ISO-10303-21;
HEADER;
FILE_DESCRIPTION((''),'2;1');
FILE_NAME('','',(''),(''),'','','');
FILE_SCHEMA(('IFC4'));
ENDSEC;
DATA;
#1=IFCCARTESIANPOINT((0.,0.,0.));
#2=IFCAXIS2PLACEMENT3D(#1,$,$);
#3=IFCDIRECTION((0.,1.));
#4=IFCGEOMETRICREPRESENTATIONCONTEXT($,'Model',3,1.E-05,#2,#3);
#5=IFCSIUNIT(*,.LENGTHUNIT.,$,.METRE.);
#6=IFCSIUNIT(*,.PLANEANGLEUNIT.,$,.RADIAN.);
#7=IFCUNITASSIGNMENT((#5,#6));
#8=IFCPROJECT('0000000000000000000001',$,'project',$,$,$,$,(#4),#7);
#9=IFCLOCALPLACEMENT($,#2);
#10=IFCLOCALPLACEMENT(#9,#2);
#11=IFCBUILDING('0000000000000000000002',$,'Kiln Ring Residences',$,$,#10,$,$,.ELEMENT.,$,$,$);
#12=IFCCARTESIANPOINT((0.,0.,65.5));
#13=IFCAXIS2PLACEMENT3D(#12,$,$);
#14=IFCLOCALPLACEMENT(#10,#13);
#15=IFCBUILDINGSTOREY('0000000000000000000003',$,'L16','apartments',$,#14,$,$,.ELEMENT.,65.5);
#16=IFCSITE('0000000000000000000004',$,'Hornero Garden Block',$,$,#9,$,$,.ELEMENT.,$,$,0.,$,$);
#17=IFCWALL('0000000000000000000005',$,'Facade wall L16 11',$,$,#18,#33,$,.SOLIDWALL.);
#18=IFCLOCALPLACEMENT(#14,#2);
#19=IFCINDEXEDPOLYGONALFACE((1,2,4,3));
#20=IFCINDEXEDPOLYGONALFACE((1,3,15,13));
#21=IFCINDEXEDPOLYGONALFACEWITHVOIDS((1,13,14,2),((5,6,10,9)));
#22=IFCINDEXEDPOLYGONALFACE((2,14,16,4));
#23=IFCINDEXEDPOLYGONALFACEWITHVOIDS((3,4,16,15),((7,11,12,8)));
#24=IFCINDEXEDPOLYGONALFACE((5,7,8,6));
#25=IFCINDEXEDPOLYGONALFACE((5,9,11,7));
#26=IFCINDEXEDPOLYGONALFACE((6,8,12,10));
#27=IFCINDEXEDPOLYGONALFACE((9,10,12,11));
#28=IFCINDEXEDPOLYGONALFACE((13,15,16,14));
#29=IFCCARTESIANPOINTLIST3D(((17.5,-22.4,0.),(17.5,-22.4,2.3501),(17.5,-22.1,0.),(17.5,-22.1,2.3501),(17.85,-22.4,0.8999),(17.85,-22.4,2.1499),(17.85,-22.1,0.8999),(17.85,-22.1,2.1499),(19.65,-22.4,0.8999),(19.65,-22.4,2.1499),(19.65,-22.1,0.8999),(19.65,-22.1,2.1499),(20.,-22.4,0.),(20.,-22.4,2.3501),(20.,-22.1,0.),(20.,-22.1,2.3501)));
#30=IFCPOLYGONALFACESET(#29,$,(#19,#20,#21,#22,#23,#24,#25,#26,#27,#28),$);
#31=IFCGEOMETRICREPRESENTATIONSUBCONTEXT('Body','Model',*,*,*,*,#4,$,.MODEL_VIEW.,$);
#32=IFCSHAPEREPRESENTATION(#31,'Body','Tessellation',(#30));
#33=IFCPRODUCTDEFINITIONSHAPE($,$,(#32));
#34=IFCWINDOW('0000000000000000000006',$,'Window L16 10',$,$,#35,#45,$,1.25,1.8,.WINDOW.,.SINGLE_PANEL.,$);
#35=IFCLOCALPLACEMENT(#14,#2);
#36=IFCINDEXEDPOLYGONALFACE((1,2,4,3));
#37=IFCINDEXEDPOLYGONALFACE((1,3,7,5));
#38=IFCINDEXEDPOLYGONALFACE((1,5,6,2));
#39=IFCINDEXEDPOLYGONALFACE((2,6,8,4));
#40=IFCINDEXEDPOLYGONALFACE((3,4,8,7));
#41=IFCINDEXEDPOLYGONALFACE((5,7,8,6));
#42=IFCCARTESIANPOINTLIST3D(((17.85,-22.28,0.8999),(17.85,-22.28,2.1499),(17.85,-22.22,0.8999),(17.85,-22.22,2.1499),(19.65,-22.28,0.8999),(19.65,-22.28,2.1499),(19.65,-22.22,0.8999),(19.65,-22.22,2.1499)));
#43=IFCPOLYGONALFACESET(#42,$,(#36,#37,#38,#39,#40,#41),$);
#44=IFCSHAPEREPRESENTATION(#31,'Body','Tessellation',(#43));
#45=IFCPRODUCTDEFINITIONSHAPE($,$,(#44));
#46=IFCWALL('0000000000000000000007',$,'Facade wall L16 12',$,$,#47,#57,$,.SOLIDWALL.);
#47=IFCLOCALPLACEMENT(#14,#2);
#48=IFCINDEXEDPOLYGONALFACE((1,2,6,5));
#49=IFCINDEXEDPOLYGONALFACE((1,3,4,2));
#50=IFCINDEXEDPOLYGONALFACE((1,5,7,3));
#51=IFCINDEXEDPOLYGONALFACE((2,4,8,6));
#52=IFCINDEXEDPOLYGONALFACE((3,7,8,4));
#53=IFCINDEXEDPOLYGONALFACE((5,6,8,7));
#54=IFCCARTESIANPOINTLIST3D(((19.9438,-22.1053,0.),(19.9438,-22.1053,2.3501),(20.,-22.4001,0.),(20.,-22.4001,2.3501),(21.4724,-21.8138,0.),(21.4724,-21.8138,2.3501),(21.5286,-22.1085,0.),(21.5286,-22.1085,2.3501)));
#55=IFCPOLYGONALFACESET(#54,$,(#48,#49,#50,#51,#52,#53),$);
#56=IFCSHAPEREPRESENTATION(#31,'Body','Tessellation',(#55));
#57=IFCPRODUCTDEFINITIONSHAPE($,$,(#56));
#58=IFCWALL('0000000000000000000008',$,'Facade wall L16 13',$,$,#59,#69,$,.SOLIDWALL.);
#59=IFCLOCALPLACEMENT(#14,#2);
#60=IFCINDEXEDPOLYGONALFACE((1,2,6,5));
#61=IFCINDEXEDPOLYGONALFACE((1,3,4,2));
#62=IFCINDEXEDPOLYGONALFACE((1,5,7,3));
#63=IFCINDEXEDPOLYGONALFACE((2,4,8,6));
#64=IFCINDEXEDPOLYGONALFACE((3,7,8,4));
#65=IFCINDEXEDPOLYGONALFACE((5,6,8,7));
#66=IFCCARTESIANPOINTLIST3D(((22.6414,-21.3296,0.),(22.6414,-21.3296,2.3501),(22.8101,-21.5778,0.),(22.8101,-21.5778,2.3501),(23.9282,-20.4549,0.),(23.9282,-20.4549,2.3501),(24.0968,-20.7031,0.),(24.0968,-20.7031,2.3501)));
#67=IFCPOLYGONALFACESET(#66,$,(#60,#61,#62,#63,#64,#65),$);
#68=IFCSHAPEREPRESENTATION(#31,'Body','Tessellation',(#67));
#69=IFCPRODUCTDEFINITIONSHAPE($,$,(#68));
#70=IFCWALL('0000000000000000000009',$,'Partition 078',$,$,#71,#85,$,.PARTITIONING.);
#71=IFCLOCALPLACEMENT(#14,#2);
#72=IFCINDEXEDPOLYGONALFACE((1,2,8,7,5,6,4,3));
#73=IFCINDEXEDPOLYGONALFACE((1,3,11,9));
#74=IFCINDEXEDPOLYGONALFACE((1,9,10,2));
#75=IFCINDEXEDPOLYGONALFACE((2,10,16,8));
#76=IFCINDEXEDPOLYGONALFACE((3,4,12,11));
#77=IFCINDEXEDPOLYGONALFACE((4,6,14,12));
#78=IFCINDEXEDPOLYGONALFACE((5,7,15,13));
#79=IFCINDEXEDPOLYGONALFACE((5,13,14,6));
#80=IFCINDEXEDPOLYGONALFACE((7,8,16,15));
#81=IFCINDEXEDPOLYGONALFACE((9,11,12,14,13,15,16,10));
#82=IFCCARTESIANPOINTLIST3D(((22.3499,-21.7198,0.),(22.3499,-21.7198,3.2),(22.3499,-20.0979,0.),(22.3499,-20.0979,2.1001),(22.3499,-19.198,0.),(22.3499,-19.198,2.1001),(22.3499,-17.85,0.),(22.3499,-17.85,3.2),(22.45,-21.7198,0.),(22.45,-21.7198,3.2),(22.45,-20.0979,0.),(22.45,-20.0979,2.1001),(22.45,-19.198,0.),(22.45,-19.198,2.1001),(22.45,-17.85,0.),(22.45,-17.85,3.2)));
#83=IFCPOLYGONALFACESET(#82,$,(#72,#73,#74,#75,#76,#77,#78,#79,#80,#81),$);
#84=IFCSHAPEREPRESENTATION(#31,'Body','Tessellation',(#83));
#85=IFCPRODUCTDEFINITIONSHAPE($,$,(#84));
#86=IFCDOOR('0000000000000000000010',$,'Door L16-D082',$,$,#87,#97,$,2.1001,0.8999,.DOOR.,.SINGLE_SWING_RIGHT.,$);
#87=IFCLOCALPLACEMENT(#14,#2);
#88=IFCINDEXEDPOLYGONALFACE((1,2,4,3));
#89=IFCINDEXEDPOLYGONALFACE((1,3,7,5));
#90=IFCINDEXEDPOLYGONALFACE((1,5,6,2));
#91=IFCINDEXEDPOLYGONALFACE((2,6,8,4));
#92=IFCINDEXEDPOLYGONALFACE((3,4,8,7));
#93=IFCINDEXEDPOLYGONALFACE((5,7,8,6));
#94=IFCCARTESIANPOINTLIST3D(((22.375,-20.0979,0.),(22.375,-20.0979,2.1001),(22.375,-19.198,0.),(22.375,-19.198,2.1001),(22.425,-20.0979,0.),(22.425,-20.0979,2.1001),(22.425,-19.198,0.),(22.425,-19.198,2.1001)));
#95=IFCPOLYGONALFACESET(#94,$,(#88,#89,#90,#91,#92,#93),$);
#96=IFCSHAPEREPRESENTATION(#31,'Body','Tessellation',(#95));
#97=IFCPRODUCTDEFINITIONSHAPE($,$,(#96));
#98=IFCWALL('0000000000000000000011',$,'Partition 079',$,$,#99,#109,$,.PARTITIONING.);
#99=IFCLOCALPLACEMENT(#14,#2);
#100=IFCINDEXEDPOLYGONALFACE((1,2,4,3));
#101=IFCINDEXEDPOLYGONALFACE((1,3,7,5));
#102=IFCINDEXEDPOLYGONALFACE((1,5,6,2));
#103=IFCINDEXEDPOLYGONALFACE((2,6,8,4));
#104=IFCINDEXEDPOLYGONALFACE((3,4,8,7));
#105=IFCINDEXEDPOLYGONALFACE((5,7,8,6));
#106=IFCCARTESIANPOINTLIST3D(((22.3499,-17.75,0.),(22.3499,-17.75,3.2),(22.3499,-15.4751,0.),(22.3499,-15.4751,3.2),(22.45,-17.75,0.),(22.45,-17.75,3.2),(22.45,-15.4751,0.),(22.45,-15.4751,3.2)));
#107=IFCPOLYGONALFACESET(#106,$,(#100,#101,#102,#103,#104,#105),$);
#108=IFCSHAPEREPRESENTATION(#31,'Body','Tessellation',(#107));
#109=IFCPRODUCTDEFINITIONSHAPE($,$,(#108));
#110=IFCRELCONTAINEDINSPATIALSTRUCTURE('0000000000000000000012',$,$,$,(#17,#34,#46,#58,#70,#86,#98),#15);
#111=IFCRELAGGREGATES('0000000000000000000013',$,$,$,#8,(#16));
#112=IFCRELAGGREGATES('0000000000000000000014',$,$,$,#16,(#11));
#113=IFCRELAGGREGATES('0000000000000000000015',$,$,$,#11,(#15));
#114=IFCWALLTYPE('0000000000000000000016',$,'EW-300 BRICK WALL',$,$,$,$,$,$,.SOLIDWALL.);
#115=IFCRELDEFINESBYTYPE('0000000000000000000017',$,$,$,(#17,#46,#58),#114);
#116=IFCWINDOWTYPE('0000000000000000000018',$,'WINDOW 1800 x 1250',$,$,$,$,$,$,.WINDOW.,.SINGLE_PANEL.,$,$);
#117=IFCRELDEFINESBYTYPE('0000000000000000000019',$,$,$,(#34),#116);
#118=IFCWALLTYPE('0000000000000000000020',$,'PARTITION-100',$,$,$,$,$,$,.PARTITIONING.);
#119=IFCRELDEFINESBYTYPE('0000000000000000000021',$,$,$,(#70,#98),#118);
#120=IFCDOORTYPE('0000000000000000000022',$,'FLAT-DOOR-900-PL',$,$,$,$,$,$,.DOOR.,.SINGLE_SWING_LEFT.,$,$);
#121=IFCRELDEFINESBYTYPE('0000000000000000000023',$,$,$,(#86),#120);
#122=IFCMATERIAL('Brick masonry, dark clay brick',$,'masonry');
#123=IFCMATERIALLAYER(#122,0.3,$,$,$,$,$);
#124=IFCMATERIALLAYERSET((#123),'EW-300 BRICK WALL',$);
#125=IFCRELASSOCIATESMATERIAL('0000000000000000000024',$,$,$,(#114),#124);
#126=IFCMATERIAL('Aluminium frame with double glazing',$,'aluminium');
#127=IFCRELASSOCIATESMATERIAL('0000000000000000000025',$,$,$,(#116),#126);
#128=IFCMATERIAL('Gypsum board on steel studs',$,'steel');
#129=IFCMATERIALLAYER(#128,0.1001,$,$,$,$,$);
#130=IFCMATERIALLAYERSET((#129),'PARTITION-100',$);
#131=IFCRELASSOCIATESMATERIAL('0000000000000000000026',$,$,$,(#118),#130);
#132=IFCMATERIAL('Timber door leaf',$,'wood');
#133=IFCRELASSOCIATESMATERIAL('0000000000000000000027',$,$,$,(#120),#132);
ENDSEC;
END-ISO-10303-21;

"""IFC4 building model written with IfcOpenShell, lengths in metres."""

from ifc_helpers import new_model, si_unit, direction, frame, frame_2d, origin, place, context, subcontext, project, spatial, rectangle, extrude, material, layer, layer_set, type_object, element, fill, save


model = new_model("IFC4")

# Units and contexts
model_context = context("Model", 3, precision=1e-05, world=origin(), true_north=direction((0.0, 1.0)))
body_context = subcontext(model_context, "Body", "Model", "MODEL_VIEW")
ifc_project = project(units=[si_unit("LENGTHUNIT", "METRE"), si_unit("PLANEANGLEUNIT", "RADIAN")], contexts=[model_context])

# Site, building, storey
site_placement = place(None, origin())
site = spatial("IfcSite", under=ifc_project, at=site_placement, Name="Hornero Garden Block", CompositionType="ELEMENT", RefElevation=0.0)
building_placement = place(site_placement, origin())
building = spatial("IfcBuilding", under=site, at=building_placement, Name="Kiln Ring Residences", CompositionType="ELEMENT")
storey_placement = place(building_placement, frame((0.0, 0.0, 65.5)))
storey = spatial("IfcBuildingStorey", under=building, at=storey_placement, Name="L16", Description="apartments", CompositionType="ELEMENT", Elevation=65.5)

# Wall, opening, window
ifc_material_1 = material(Name="Brick masonry, dark clay brick", Category="masonry")
ifc_layer_1 = layer(ifc_material_1, 0.3)
ifc_layer_set_1 = layer_set([ifc_layer_1], Name="EW-300 BRICK WALL")
wall_type_1 = type_object("IfcWallType", Name="EW-300 BRICK WALL", PredefinedType="SOLIDWALL", material=ifc_layer_set_1)
wall_1_placement = place(storey_placement, frame((17.5, -22.25, 0.0), z_axis=(0.0, 0.0, 1.0), x_axis=(1.0, 0.0, 0.0)))
wall_1 = element("IfcWall", 1, at=wall_1_placement, inside=storey, type_object=wall_type_1, Name="Facade wall L16 11", PredefinedType="SOLIDWALL", context=body_context, shape_type="SweptSolid", body=[
    extrude(rectangle(XDim=2.5, YDim=0.3, at=frame_2d((1.25, 0.0))), origin(), (0.0, 0.0, 1.0), 2.3501),
])
opening_1_placement = place(wall_1_placement, frame((0.3501, 0.0, 0.8999)))
opening_1 = element("IfcOpeningElement", 2, at=opening_1_placement, cuts=wall_1, PredefinedType="OPENING", context=body_context, shape_type="SweptSolid", body=[
    extrude(rectangle(XDim=1.8, YDim=1.25, at=frame_2d((0.8999, 0.625))), frame((0.0, 0.1599, 0.0), z_axis=(0.0, -1.0, 0.0), x_axis=(1.0, 0.0, 0.0)), (0.0, 0.0, 1.0), 0.3201),
])
ifc_material_2 = material(Name="Aluminium frame with double glazing", Category="aluminium")
window_type = type_object("IfcWindowType", Name="WINDOW 1800 x 1250", PartitioningType="SINGLE_PANEL", PredefinedType="WINDOW", material=ifc_material_2)
window_placement = place(opening_1_placement, origin())
window = element("IfcWindow", 3, at=window_placement, inside=storey, type_object=window_type, Name="Window L16 10", OverallHeight=1.25, OverallWidth=1.8, PartitioningType="SINGLE_PANEL", PredefinedType="WINDOW", context=body_context, shape_type="SweptSolid", body=[
    extrude(rectangle(XDim=1.8, YDim=1.25, at=frame_2d((0.8999, 0.625))), frame((0.0, 0.03, 0.0), z_axis=(0.0, -1.0, 0.0), x_axis=(1.0, 0.0, 0.0)), (0.0, 0.0, 1.0), 0.0601),
])
fill(opening_1, window)

# Walls
wall_2_placement = place(storey_placement, frame((19.9719, -22.2527, 0.0), z_axis=(0.0, 0.0, 1.0), x_axis=(0.982297, 0.187328, 0.0)))
element("IfcWall", 4, at=wall_2_placement, inside=storey, type_object=wall_type_1, Name="Facade wall L16 12", PredefinedType="SOLIDWALL", context=body_context, shape_type="SweptSolid", body=[
    extrude(rectangle(XDim=1.5562, YDim=0.3, at=frame_2d((0.7781, 0.0))), origin(), (0.0, 0.0, 1.0), 2.3501),
])
wall_3_placement = place(storey_placement, frame((22.7258, -21.4536, 0.0), z_axis=(0.0, 0.0, 1.0), x_axis=(0.82702, 0.562173, 0.0)))
element("IfcWall", 5, at=wall_3_placement, inside=storey, type_object=wall_type_1, Name="Facade wall L16 13", PredefinedType="SOLIDWALL", context=body_context, shape_type="SweptSolid", body=[
    extrude(rectangle(XDim=1.5559, YDim=0.3, at=frame_2d((0.7778, 0.0))), origin(), (0.0, 0.0, 1.0), 2.3501),
])

# Wall, opening, door
ifc_material_3 = material(Name="Gypsum board on steel studs", Category="steel")
ifc_layer_2 = layer(ifc_material_3, 0.1001)
ifc_layer_set_2 = layer_set([ifc_layer_2], Name="PARTITION-100")
wall_type_2 = type_object("IfcWallType", Name="PARTITION-100", PredefinedType="PARTITIONING", material=ifc_layer_set_2)
wall_4_placement = place(storey_placement, frame((22.3999, -21.72, 0.0), z_axis=(0.0, 0.0, 1.0), x_axis=(0.0, 1.0, 0.0)))
wall_4 = element("IfcWall", 6, at=wall_4_placement, inside=storey, type_object=wall_type_2, Name="Partition 078", PredefinedType="PARTITIONING", context=body_context, shape_type="SweptSolid", body=[
    extrude(rectangle(XDim=3.8699, YDim=0.1001, at=frame_2d((1.9351, 0.0))), origin(), (0.0, 0.0, 1.0), 3.2),
])
opening_2_placement = place(wall_4_placement, frame((1.6221, 0.0, 0.0)))
opening_2 = element("IfcOpeningElement", 7, at=opening_2_placement, cuts=wall_4, PredefinedType="OPENING", context=body_context, shape_type="SweptSolid", body=[
    extrude(rectangle(XDim=0.8999, YDim=2.1001, at=frame_2d((0.45, 1.05))), frame((0.0, 0.0601, 0.0), z_axis=(0.0, -1.0, 0.0), x_axis=(1.0, 0.0, 0.0)), (0.0, 0.0, 1.0), 0.1201),
])
ifc_material_4 = material(Name="Timber door leaf", Category="wood")
door_type_1 = type_object("IfcDoorType", Name="FLAT-DOOR-900-PL", OperationType="SINGLE_SWING_LEFT", PredefinedType="DOOR", material=ifc_material_4)
door_1_placement = place(opening_2_placement, origin())
door_1 = element("IfcDoor", 8, at=door_1_placement, inside=storey, type_object=door_type_1, Name="Door L16-D082", OperationType="SINGLE_SWING_RIGHT", OverallHeight=2.1001, OverallWidth=0.8999, PredefinedType="DOOR", context=body_context, shape_type="SweptSolid", body=[
    extrude(rectangle(XDim=0.8999, YDim=2.1001, at=frame_2d((0.45, 1.05))), frame((0.0, 0.0249, 0.0), z_axis=(0.0, -1.0, 0.0), x_axis=(1.0, 0.0, 0.0)), (0.0, 0.0, 1.0), 0.05),
])
fill(opening_2, door_1)

# Wall
wall_5_placement = place(storey_placement, frame((22.3999, -17.75, 0.0), z_axis=(0.0, 0.0, 1.0), x_axis=(0.0, 1.0, 0.0)))
element("IfcWall", 9, at=wall_5_placement, inside=storey, type_object=wall_type_2, Name="Partition 079", PredefinedType="PARTITIONING", context=body_context, shape_type="SweptSolid", body=[
    extrude(rectangle(XDim=2.2749, YDim=0.1001, at=frame_2d((1.1375, 0.0))), origin(), (0.0, 0.0, 1.0), 3.2),
])

save(model, "model.ifc")
